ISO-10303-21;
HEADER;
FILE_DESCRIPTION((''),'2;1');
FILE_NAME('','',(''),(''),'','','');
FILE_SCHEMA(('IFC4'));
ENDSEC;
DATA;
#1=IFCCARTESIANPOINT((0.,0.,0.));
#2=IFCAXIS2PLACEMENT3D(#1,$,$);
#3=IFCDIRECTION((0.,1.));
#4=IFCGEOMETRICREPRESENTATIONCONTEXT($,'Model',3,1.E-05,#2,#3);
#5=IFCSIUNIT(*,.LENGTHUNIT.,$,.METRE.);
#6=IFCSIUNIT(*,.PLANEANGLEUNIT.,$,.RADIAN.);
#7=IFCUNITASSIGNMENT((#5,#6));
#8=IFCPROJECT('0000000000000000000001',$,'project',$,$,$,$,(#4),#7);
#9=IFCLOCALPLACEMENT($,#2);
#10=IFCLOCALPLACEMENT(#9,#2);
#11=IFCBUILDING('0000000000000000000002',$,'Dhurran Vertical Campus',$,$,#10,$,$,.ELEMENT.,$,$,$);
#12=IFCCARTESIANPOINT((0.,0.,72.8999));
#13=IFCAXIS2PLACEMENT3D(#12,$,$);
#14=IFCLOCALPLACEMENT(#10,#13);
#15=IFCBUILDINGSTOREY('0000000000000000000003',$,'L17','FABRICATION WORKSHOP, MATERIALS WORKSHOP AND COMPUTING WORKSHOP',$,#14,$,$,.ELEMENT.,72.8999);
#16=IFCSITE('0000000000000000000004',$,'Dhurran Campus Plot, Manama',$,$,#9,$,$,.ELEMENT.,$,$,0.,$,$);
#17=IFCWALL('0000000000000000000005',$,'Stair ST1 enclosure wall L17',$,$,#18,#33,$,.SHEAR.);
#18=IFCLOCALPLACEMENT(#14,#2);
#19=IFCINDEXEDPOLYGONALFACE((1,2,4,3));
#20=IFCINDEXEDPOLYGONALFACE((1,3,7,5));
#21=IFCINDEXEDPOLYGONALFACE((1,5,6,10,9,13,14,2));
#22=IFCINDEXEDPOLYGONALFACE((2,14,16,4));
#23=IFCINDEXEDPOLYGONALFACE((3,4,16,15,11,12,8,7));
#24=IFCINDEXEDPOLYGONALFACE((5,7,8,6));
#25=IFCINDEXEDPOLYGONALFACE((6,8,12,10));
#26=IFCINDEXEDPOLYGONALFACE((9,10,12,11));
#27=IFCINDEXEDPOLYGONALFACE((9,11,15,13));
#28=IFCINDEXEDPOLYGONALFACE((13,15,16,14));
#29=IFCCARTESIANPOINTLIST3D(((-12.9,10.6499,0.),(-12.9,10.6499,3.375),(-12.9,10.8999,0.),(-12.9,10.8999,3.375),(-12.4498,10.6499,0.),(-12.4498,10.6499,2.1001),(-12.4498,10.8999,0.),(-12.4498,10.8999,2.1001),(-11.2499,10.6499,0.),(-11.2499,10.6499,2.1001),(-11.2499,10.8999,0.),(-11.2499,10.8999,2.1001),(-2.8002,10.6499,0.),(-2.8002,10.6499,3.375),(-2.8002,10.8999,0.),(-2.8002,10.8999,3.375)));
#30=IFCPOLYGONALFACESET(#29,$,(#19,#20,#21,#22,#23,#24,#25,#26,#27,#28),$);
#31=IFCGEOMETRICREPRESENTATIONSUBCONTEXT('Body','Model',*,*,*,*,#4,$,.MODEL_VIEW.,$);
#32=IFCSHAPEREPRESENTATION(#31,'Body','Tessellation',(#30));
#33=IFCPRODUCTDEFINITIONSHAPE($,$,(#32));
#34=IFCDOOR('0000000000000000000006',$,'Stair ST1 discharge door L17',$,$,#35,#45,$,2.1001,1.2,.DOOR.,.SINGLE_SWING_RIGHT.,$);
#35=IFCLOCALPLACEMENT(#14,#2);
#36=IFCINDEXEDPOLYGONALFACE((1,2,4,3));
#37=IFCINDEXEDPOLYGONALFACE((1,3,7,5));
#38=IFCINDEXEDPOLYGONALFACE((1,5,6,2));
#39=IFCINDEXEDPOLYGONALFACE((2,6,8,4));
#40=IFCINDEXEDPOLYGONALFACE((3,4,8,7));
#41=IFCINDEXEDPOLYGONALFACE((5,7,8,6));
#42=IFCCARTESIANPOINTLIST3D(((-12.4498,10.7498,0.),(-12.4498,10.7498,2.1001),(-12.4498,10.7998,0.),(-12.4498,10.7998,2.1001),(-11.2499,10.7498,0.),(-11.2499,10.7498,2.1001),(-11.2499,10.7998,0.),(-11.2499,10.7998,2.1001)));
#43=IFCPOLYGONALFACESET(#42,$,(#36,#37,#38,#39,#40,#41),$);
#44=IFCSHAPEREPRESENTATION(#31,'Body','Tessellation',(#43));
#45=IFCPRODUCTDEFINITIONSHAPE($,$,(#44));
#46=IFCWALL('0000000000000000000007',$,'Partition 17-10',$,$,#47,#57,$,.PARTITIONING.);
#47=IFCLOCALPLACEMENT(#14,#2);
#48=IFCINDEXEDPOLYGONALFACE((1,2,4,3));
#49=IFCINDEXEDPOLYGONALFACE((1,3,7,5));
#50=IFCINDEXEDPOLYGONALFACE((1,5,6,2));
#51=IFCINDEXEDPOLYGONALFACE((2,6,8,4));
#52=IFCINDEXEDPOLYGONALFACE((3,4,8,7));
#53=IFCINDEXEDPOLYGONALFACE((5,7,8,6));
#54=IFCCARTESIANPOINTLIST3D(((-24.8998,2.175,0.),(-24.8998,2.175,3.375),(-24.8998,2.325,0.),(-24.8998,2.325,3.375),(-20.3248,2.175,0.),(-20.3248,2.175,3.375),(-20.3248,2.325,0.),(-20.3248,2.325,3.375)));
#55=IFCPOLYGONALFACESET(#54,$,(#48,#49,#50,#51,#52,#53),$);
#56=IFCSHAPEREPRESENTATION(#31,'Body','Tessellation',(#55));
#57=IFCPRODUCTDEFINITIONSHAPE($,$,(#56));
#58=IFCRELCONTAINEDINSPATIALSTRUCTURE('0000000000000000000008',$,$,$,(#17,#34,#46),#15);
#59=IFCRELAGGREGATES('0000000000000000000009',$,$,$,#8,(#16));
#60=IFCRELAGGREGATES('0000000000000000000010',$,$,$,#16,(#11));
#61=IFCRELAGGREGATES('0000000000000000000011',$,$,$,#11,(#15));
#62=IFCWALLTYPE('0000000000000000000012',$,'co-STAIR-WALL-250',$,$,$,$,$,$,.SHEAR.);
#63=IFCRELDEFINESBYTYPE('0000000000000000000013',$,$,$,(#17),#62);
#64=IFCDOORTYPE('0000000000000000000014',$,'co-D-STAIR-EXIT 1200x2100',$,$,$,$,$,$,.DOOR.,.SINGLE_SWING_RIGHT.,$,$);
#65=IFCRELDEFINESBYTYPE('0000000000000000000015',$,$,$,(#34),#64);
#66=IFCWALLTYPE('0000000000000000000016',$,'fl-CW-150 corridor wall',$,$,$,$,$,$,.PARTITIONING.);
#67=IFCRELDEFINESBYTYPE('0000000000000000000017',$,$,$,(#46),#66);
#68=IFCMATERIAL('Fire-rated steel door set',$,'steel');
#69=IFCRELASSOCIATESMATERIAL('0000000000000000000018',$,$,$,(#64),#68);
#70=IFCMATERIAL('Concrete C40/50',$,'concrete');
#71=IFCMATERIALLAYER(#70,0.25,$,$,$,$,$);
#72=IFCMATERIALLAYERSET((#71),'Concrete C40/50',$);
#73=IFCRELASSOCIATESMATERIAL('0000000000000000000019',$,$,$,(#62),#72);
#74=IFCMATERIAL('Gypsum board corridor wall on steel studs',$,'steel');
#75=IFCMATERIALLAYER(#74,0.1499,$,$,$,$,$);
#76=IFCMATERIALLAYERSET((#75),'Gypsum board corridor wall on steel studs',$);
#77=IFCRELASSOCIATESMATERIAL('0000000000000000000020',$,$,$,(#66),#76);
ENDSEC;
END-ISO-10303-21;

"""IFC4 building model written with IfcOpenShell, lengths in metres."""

from ifc_helpers import new_model, si_unit, direction, frame, frame_2d, origin, place, context, subcontext, project, spatial, rectangle, extrude, material, layer, layer_set, type_object, element, fill, save


model = new_model("IFC4")

# Units and contexts
model_context = context("Model", 3, precision=1e-05, world=origin(), true_north=direction((0.0, 1.0)))
body_context = subcontext(model_context, "Body", "Model", "MODEL_VIEW")
ifc_project = project(units=[si_unit("LENGTHUNIT", "METRE"), si_unit("PLANEANGLEUNIT", "RADIAN")], contexts=[model_context])

# Site, building, storey
site_placement = place(None, origin())
site = spatial("IfcSite", under=ifc_project, at=site_placement, Name="Dhurran Campus Plot, Manama", CompositionType="ELEMENT", RefElevation=0.0)
building_placement = place(site_placement, origin())
building = spatial("IfcBuilding", under=site, at=building_placement, Name="Dhurran Vertical Campus", CompositionType="ELEMENT")
storey_placement = place(building_placement, frame((0.0, 0.0, 72.8999)))
storey = spatial("IfcBuildingStorey", under=building, at=storey_placement, Name="L17", Description="FABRICATION WORKSHOP, MATERIALS WORKSHOP AND COMPUTING WORKSHOP", CompositionType="ELEMENT", Elevation=72.8999)

# Shared definitions
ifc_material_1 = material(Name="Fire-rated steel door set", Category="steel")
door_type_1 = type_object("IfcDoorType", Name="co-D-STAIR-EXIT 1200x2100", OperationType="SINGLE_SWING_RIGHT", PredefinedType="DOOR", material=ifc_material_1)

# Wall, opening, door
ifc_material_2 = material(Name="Concrete C40/50", Category="concrete")
ifc_layer_1 = layer(ifc_material_2, 0.25)
ifc_layer_set_1 = layer_set([ifc_layer_1], Name="Concrete C40/50")
wall_type_1 = type_object("IfcWallType", Name="co-STAIR-WALL-250", PredefinedType="SHEAR", material=ifc_layer_set_1)
wall_1_placement = place(storey_placement, frame((-12.8999, 10.7749, 0.0), z_axis=(0.0, 0.0, 1.0), x_axis=(1.0, 0.0, 0.0)))
wall_1 = element("IfcWall", 1, at=wall_1_placement, inside=storey, type_object=wall_type_1, Name="Stair ST1 enclosure wall L17", PredefinedType="SHEAR", context=body_context, shape_type="SweptSolid", body=[
    extrude(rectangle(XDim=10.0999, YDim=0.25, at=frame_2d((5.0498, 0.0))), origin(), (0.0, 0.0, 1.0), 3.375),
])
opening_1_placement = place(wall_1_placement, frame((0.45, 0.0, 0.0)))
opening_1 = element("IfcOpeningElement", 2, at=opening_1_placement, cuts=wall_1, PredefinedType="OPENING", context=body_context, shape_type="SweptSolid", body=[
    extrude(rectangle(XDim=1.2, YDim=2.1001, at=frame_2d((0.6001, 1.05))), frame((0.0, 0.135, 0.0), z_axis=(0.0, -1.0, 0.0), x_axis=(1.0, 0.0, 0.0)), (0.0, 0.0, 1.0), 0.27),
])
door_1_placement = place(opening_1_placement, origin())
door_1 = element("IfcDoor", 3, at=door_1_placement, inside=storey, type_object=door_type_1, Name="Stair ST1 discharge door L17", OperationType="SINGLE_SWING_RIGHT", OverallHeight=2.1001, OverallWidth=1.2, PredefinedType="DOOR", context=body_context, shape_type="SweptSolid", body=[
    extrude(rectangle(XDim=1.2, YDim=2.1001, at=frame_2d((0.6001, 1.05))), frame((0.0, 0.0249, 0.0), z_axis=(0.0, -1.0, 0.0), x_axis=(1.0, 0.0, 0.0)), (0.0, 0.0, 1.0), 0.05),
])
fill(opening_1, door_1)

# Wall
ifc_material_3 = material(Name="Gypsum board corridor wall on steel studs", Category="steel")
ifc_layer_2 = layer(ifc_material_3, 0.1499)
ifc_layer_set_2 = layer_set([ifc_layer_2], Name="Gypsum board corridor wall on steel studs")
wall_type_2 = type_object("IfcWallType", Name="fl-CW-150 corridor wall", PredefinedType="PARTITIONING", material=ifc_layer_set_2)
wall_2_placement = place(storey_placement, frame((-24.8999, 2.25, 0.0), z_axis=(0.0, 0.0, 1.0), x_axis=(1.0, 0.0, 0.0)))
element("IfcWall", 4, at=wall_2_placement, inside=storey, type_object=wall_type_2, Name="Partition 17-10", PredefinedType="PARTITIONING", context=body_context, shape_type="SweptSolid", body=[
    extrude(rectangle(XDim=4.575, YDim=0.1499, at=frame_2d((2.2876, 0.0))), origin(), (0.0, 0.0, 1.0), 3.375),
])

save(model, "model.ifc")
